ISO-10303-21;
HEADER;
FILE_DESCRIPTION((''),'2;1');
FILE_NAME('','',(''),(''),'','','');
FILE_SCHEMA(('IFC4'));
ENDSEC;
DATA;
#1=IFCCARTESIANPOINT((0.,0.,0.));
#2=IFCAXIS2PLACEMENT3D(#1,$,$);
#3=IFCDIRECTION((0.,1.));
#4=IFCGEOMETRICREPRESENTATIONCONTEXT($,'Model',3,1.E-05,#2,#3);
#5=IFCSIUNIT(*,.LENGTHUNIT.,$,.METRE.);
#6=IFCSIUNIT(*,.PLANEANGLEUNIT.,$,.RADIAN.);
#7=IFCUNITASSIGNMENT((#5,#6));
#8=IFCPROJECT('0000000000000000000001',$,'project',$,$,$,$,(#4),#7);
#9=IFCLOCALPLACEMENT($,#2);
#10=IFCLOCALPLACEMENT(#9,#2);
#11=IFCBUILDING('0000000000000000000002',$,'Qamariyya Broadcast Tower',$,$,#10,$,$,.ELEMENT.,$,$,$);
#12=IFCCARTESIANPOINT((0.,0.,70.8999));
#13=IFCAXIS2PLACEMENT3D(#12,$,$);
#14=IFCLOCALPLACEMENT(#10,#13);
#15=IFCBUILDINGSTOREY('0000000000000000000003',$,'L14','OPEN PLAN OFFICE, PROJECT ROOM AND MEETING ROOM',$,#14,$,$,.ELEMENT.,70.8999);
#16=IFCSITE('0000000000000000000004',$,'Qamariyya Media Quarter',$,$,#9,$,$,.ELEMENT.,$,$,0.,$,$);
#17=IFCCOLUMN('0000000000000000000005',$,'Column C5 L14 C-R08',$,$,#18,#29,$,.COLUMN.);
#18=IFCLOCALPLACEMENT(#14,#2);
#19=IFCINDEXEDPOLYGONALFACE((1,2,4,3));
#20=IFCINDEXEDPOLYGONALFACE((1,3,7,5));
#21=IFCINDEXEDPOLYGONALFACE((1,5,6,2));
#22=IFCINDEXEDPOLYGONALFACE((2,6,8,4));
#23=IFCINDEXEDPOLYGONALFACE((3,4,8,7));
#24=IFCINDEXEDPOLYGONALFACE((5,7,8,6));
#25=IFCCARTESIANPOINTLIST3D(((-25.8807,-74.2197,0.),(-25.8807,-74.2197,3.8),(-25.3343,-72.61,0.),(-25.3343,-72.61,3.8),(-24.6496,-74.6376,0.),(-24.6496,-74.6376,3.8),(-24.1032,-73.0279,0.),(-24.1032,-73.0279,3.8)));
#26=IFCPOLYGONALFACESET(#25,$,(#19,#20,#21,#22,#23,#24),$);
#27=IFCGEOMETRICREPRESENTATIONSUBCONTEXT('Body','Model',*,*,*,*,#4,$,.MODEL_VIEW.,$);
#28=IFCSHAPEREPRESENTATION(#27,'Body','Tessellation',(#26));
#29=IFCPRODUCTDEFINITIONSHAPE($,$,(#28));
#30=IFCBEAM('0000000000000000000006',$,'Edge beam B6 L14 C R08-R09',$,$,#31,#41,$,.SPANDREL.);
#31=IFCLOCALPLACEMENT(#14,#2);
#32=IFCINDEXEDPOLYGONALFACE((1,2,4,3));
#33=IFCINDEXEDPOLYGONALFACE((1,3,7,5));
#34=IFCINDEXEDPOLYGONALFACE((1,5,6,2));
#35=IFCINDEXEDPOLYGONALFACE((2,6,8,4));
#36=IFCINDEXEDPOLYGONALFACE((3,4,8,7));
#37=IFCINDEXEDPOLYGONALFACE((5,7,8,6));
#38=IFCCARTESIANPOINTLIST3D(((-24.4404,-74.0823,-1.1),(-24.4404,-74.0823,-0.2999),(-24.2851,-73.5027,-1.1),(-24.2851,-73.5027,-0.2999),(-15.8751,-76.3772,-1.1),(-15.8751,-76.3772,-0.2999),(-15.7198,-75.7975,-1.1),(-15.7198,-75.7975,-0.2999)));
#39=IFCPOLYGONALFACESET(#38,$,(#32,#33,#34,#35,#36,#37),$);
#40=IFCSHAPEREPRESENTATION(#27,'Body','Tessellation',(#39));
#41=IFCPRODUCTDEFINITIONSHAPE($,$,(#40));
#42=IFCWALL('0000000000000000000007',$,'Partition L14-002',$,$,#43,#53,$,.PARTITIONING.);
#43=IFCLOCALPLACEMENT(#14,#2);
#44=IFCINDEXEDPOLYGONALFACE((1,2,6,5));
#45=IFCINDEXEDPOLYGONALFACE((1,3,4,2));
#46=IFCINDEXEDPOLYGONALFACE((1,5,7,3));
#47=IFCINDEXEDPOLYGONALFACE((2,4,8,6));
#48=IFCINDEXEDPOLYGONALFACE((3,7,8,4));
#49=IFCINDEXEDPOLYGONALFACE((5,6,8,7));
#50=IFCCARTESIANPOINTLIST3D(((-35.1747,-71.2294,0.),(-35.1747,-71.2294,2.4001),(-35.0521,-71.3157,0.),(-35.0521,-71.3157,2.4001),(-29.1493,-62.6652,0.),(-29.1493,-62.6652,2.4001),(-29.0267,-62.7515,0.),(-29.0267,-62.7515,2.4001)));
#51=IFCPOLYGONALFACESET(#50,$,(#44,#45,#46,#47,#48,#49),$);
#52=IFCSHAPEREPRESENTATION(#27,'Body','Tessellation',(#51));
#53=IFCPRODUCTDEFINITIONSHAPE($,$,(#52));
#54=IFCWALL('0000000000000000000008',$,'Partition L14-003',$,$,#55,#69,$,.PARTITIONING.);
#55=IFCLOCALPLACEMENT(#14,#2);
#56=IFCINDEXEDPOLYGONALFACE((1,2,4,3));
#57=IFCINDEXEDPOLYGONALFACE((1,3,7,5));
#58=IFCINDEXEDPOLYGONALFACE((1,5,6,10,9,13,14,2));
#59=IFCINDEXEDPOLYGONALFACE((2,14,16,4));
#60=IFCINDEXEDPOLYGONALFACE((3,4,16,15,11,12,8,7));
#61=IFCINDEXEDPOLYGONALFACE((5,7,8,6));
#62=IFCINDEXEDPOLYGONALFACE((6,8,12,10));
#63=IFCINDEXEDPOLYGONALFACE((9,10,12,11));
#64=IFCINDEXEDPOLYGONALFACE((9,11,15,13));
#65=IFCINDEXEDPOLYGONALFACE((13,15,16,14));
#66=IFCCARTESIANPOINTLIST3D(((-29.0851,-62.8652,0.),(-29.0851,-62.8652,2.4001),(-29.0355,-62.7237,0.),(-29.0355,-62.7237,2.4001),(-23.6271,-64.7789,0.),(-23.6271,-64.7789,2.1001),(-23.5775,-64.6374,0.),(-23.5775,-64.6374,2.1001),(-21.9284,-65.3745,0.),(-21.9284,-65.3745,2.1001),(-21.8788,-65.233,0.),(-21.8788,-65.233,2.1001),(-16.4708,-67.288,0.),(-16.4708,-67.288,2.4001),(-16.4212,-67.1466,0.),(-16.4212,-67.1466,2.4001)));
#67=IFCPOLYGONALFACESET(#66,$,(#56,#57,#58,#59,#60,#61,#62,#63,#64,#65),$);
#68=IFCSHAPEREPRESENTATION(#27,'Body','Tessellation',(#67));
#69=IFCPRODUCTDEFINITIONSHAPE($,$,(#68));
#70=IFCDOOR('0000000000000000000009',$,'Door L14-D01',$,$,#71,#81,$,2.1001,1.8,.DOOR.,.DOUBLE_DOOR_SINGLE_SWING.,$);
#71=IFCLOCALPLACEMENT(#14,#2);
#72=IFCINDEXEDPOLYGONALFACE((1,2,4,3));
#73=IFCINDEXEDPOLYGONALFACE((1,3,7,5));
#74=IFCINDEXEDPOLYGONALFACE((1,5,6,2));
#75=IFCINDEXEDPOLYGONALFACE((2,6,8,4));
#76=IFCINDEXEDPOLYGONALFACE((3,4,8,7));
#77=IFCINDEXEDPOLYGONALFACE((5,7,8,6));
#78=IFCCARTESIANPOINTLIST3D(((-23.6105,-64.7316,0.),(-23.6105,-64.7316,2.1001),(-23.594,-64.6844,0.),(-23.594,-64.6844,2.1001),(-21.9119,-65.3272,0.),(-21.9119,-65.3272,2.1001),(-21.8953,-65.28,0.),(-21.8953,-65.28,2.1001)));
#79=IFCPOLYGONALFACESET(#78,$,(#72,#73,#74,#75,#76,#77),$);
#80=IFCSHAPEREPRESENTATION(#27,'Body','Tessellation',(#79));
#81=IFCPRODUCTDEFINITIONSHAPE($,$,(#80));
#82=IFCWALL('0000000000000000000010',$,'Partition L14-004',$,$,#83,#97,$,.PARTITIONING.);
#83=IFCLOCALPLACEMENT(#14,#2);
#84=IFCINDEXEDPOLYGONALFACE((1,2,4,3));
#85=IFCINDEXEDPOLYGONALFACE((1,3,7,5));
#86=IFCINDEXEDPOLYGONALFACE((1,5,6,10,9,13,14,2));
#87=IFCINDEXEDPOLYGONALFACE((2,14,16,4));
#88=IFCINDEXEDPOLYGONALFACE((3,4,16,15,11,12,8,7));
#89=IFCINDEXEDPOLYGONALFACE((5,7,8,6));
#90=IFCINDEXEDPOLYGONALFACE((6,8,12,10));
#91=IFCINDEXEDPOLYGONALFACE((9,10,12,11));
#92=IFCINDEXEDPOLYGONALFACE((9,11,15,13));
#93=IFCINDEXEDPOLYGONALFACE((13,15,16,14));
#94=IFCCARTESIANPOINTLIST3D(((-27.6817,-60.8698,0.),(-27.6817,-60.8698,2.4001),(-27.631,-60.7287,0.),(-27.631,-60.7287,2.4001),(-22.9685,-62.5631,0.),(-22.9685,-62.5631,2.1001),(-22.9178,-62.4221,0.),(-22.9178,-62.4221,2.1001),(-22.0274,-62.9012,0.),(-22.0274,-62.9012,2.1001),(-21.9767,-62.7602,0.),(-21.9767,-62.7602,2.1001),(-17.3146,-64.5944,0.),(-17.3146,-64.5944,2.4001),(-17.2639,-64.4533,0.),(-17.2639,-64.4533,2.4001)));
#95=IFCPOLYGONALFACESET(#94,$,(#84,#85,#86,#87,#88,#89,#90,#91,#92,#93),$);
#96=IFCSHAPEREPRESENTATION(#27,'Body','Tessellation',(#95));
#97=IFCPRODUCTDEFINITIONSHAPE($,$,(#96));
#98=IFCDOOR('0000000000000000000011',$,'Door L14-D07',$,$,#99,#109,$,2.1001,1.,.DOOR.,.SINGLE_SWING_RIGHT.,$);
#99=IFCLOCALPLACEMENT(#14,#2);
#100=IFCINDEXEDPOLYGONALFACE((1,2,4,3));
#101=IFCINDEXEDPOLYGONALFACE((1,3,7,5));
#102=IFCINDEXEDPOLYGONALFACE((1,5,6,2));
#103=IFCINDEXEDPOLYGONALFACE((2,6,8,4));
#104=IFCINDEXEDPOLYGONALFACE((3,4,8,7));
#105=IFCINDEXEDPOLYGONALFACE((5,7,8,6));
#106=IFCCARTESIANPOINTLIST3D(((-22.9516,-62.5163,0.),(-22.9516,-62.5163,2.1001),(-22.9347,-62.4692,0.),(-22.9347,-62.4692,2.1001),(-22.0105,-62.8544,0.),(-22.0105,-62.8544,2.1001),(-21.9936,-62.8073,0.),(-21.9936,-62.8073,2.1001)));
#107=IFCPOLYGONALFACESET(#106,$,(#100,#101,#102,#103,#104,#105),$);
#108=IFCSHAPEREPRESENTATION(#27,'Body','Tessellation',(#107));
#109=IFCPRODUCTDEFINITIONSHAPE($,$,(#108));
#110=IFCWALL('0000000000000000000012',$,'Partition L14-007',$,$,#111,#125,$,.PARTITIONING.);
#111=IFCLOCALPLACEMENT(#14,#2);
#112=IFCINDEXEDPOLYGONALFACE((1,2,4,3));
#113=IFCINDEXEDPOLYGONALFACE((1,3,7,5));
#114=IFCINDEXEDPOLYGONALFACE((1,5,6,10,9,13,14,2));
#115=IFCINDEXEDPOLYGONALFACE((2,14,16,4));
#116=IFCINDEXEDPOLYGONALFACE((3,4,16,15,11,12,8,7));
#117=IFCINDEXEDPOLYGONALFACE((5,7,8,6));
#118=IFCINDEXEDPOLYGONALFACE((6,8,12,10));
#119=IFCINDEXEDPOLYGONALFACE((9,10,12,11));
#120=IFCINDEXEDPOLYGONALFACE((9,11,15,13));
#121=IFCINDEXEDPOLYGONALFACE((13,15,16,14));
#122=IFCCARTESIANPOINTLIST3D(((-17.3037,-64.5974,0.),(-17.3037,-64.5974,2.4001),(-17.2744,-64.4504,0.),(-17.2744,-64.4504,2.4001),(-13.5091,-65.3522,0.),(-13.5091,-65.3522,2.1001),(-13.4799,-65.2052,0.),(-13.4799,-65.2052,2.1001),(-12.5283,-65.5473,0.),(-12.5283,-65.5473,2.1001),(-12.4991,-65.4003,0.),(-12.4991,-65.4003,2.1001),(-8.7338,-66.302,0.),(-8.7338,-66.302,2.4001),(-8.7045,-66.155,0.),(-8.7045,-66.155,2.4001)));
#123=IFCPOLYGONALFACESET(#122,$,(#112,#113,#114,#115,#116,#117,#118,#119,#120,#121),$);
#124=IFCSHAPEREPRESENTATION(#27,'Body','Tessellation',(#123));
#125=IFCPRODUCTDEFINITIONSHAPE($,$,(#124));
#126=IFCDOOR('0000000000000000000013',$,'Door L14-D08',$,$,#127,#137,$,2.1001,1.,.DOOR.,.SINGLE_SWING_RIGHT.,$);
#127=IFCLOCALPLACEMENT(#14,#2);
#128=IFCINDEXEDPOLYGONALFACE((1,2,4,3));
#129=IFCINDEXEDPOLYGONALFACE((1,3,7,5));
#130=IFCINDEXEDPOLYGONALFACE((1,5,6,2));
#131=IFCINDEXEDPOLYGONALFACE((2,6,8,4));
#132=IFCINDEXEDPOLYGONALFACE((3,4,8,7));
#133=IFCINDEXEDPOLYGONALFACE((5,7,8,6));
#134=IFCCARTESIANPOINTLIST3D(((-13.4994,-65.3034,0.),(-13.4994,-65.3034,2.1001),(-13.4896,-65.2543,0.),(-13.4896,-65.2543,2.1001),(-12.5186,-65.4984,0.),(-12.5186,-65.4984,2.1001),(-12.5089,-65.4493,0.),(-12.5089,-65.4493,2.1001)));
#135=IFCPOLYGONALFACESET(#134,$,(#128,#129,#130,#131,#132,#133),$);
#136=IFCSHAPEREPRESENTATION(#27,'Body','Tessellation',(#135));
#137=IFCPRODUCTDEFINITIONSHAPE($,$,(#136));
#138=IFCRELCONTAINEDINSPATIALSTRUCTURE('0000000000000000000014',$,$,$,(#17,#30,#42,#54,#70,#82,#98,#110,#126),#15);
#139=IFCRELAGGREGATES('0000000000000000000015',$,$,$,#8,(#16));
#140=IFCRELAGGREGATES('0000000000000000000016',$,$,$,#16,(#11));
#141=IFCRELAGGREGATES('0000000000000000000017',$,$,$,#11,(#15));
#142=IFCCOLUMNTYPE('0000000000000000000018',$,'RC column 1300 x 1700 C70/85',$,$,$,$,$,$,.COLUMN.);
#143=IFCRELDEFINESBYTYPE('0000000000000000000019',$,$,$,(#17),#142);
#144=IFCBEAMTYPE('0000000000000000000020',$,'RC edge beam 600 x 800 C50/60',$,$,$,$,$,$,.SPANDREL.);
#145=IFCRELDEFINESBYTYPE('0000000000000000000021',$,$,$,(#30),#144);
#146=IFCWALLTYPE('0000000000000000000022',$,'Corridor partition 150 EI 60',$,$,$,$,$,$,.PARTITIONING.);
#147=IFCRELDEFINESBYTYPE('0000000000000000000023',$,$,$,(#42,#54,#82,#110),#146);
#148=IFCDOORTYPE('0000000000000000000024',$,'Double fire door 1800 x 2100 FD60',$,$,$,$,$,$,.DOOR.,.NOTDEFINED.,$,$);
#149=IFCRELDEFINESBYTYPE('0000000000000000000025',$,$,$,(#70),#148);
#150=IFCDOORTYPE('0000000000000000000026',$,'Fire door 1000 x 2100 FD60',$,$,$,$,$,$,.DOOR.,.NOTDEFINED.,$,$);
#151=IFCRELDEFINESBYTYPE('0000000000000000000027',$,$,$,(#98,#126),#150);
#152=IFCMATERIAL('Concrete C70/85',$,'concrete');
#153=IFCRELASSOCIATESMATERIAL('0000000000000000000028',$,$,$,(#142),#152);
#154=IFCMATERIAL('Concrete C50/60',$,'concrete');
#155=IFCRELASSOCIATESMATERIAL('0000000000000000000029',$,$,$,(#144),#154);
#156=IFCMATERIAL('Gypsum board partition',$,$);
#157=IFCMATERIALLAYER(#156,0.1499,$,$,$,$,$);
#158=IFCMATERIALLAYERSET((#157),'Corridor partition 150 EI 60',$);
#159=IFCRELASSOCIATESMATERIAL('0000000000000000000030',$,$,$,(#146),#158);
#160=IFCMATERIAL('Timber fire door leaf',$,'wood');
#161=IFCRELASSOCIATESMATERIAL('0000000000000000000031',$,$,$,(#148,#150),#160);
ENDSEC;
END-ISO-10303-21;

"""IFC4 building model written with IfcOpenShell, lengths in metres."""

from ifc_helpers import new_model, si_unit, direction, frame, frame_2d, origin, origin_2d, place, context, subcontext, project, spatial, rectangle, extrude, material, layer, layer_set, material_profile, profile_set, type_object, element, fill, save


model = new_model("IFC4")

# Units and contexts
model_context = context("Model", 3, precision=1e-05, world=origin(), true_north=direction((0.0, 1.0)))
body_context = subcontext(model_context, "Body", "Model", "MODEL_VIEW")
ifc_project = project(units=[si_unit("LENGTHUNIT", "METRE"), si_unit("PLANEANGLEUNIT", "RADIAN")], contexts=[model_context])

# Site, building, storey
site_placement = place(None, origin())
site = spatial("IfcSite", under=ifc_project, at=site_placement, Name="Qamariyya Media Quarter", CompositionType="ELEMENT", RefElevation=0.0)
building_placement = place(site_placement, origin())
building = spatial("IfcBuilding", under=site, at=building_placement, Name="Qamariyya Broadcast Tower", CompositionType="ELEMENT")
storey_placement = place(building_placement, frame((0.0, 0.0, 70.8999)))
storey = spatial("IfcBuildingStorey", under=building, at=storey_placement, Name="L14", Description="OPEN PLAN OFFICE, PROJECT ROOM AND MEETING ROOM", CompositionType="ELEMENT", Elevation=70.8999)

# Column
ifc_material_1 = material(Name="Concrete C70/85", Category="concrete")
ifc_material_profile_1 = material_profile(ifc_material_1, rectangle(XDim=1.3, YDim=1.7, at=origin_2d()))
ifc_profile_set_1 = profile_set([ifc_material_profile_1], Name="Concrete C70/85")
column_type = type_object("IfcColumnType", Name="RC column 1300 x 1700 C70/85", PredefinedType="COLUMN", material=ifc_profile_set_1)
column_placement = place(storey_placement, frame((-24.9919, -73.6238, 0.0), z_axis=(0.0, 0.0, 1.0), x_axis=(0.94693, -0.321439, 0.0)))
element("IfcColumn", 1, at=column_placement, inside=storey, type_object=column_type, Name="Column C5 L14 C-R08", PredefinedType="COLUMN", context=body_context, shape_type="SweptSolid", body=[
    extrude(rectangle(XDim=1.3, YDim=1.7, at=origin_2d()), origin(), (0.0, 0.0, 1.0), 3.8),
])

# Beam
ifc_material_2 = material(Name="Concrete C50/60", Category="concrete")
ifc_material_profile_2 = material_profile(ifc_material_2, rectangle(XDim=0.6001, YDim=0.8, at=origin_2d()))
ifc_profile_set_2 = profile_set([ifc_material_profile_2], Name="Concrete C50/60")
beam_type = type_object("IfcBeamType", Name="RC edge beam 600 x 800 C50/60", PredefinedType="SPANDREL", material=ifc_profile_set_2)
beam_placement = place(storey_placement, frame((-24.3628, -73.7925, -0.7), z_axis=(0.965931, -0.2588, 0.0), x_axis=(0.2588, 0.965931, 0.0)))
element("IfcBeam", 2, at=beam_placement, inside=storey, type_object=beam_type, Name="Edge beam B6 L14 C R08-R09", PredefinedType="SPANDREL", context=body_context, shape_type="SweptSolid", body=[
    extrude(rectangle(XDim=0.6001, YDim=0.8, at=origin_2d()), origin(), (0.0, 0.0, 1.0), 8.8674),
])

# Wall
ifc_material_3 = material(Name="Gypsum board partition")
ifc_layer_1 = layer(ifc_material_3, 0.1499)
ifc_layer_set_1 = layer_set([ifc_layer_1], Name="Corridor partition 150 EI 60")
wall_type_1 = type_object("IfcWallType", Name="Corridor partition 150 EI 60", PredefinedType="PARTITIONING", material=ifc_layer_set_1)
wall_1_placement = place(storey_placement, frame((-29.0879, -62.7083, 0.0), z_axis=(0.0, 0.0, 1.0), x_axis=(-0.575412, -0.817864, 0.0)))
element("IfcWall", 3, at=wall_1_placement, inside=storey, type_object=wall_type_1, Name="Partition L14-002", PredefinedType="PARTITIONING", context=body_context, shape_type="SweptSolid", body=[
    extrude(rectangle(XDim=10.4714, YDim=0.1499, at=frame_2d((5.2358, 0.0))), origin(), (0.0, 0.0, 1.0), 2.4001),
])

# Walls, openings, doors
wall_2_placement = place(storey_placement, frame((-16.446, -67.2173, 0.0), z_axis=(0.0, 0.0, 1.0), x_axis=(-0.943675, 0.330874, 0.0)))
wall_2 = element("IfcWall", 4, at=wall_2_placement, inside=storey, type_object=wall_type_1, Name="Partition L14-003", PredefinedType="PARTITIONING", context=body_context, shape_type="SweptSolid", body=[
    extrude(rectangle(XDim=13.3672, YDim=0.1499, at=frame_2d((6.6836, 0.0))), origin(), (0.0, 0.0, 1.0), 2.4001),
])
opening_1_placement = place(wall_2_placement, frame((5.7834, 0.0, 0.0)))
opening_1 = element("IfcOpeningElement", 5, at=opening_1_placement, cuts=wall_2, PredefinedType="OPENING", context=body_context, shape_type="SweptSolid", body=[
    extrude(rectangle(XDim=1.8, YDim=2.1001, at=frame_2d((0.8999, 1.05))), frame((0.0, 0.085, 0.0), z_axis=(0.0, -1.0, 0.0), x_axis=(1.0, 0.0, 0.0)), (0.0, 0.0, 1.0), 0.1699),
])
ifc_material_4 = material(Name="Timber fire door leaf", Category="wood")
door_type_1 = type_object("IfcDoorType", Name="Double fire door 1800 x 2100 FD60", OperationType="NOTDEFINED", PredefinedType="DOOR", material=ifc_material_4)
door_1_placement = place(opening_1_placement, origin())
door_1 = element("IfcDoor", 6, at=door_1_placement, inside=storey, type_object=door_type_1, Name="Door L14-D01", OperationType="DOUBLE_DOOR_SINGLE_SWING", OverallHeight=2.1001, OverallWidth=1.8, PredefinedType="DOOR", context=body_context, shape_type="SweptSolid", body=[
    extrude(rectangle(XDim=1.8, YDim=2.1001, at=frame_2d((0.8999, 1.05))), frame((0.0, 0.0249, 0.0), z_axis=(0.0, -1.0, 0.0), x_axis=(1.0, 0.0, 0.0)), (0.0, 0.0, 1.0), 0.05),
])
fill(opening_1, door_1)
wall_3_placement = place(storey_placement, frame((-27.6562, -60.7993, 0.0), z_axis=(0.0, 0.0, 1.0), x_axis=(0.941106, -0.33811, 0.0)))
wall_3 = element("IfcWall", 7, at=wall_3_placement, inside=storey, type_object=wall_type_1, Name="Partition L14-004", PredefinedType="PARTITIONING", context=body_context, shape_type="SweptSolid", body=[
    extrude(rectangle(XDim=11.0159, YDim=0.1499, at=frame_2d((5.5078, 0.0))), origin(), (0.0, 0.0, 1.0), 2.4001),
])
opening_2_placement = place(wall_3_placement, frame((5.0081, 0.0, 0.0)))
opening_2 = element("IfcOpeningElement", 8, at=opening_2_placement, cuts=wall_3, PredefinedType="OPENING", context=body_context, shape_type="SweptSolid", body=[
    extrude(rectangle(XDim=1.0, YDim=2.1001, at=frame_2d((0.5, 1.05))), frame((0.0, 0.085, 0.0), z_axis=(0.0, -1.0, 0.0), x_axis=(1.0, 0.0, 0.0)), (0.0, 0.0, 1.0), 0.1699),
])
door_type_2 = type_object("IfcDoorType", Name="Fire door 1000 x 2100 FD60", OperationType="NOTDEFINED", PredefinedType="DOOR", material=ifc_material_4)
door_2_placement = place(opening_2_placement, origin())
door_2 = element("IfcDoor", 9, at=door_2_placement, inside=storey, type_object=door_type_2, Name="Door L14-D07", OperationType="SINGLE_SWING_RIGHT", OverallHeight=2.1001, OverallWidth=1.0, PredefinedType="DOOR", context=body_context, shape_type="SweptSolid", body=[
    extrude(rectangle(XDim=1.0, YDim=2.1001, at=frame_2d((0.5, 1.05))), frame((0.0, 0.0249, 0.0), z_axis=(0.0, -1.0, 0.0), x_axis=(1.0, 0.0, 0.0)), (0.0, 0.0, 1.0), 0.05),
])
fill(opening_2, door_2)
wall_4_placement = place(storey_placement, frame((-17.2891, -64.5239, 0.0), z_axis=(0.0, 0.0, 1.0), x_axis=(0.980786, -0.195084, 0.0)))
wall_4 = element("IfcWall", 10, at=wall_4_placement, inside=storey, type_object=wall_type_1, Name="Partition L14-007", PredefinedType="PARTITIONING", context=body_context, shape_type="SweptSolid", body=[
    extrude(rectangle(XDim=8.7378, YDim=0.1499, at=frame_2d((4.3689, 0.0))), origin(), (0.0, 0.0, 1.0), 2.4001),
])
opening_3_placement = place(wall_4_placement, frame((3.8689, 0.0, 0.0)))
opening_3 = element("IfcOpeningElement", 11, at=opening_3_placement, cuts=wall_4, PredefinedType="OPENING", context=body_context, shape_type="SweptSolid", body=[
    extrude(rectangle(XDim=1.0, YDim=2.1001, at=frame_2d((0.5, 1.05))), frame((0.0, 0.085, 0.0), z_axis=(0.0, -1.0, 0.0), x_axis=(1.0, 0.0, 0.0)), (0.0, 0.0, 1.0), 0.1699),
])
door_3_placement = place(opening_3_placement, origin())
door_3 = element("IfcDoor", 12, at=door_3_placement, inside=storey, type_object=door_type_2, Name="Door L14-D08", OperationType="SINGLE_SWING_RIGHT", OverallHeight=2.1001, OverallWidth=1.0, PredefinedType="DOOR", context=body_context, shape_type="SweptSolid", body=[
    extrude(rectangle(XDim=1.0, YDim=2.1001, at=frame_2d((0.5, 1.05))), frame((0.0, 0.0249, 0.0), z_axis=(0.0, -1.0, 0.0), x_axis=(1.0, 0.0, 0.0)), (0.0, 0.0, 1.0), 0.05),
])
fill(opening_3, door_3)

save(model, "model.ifc")
